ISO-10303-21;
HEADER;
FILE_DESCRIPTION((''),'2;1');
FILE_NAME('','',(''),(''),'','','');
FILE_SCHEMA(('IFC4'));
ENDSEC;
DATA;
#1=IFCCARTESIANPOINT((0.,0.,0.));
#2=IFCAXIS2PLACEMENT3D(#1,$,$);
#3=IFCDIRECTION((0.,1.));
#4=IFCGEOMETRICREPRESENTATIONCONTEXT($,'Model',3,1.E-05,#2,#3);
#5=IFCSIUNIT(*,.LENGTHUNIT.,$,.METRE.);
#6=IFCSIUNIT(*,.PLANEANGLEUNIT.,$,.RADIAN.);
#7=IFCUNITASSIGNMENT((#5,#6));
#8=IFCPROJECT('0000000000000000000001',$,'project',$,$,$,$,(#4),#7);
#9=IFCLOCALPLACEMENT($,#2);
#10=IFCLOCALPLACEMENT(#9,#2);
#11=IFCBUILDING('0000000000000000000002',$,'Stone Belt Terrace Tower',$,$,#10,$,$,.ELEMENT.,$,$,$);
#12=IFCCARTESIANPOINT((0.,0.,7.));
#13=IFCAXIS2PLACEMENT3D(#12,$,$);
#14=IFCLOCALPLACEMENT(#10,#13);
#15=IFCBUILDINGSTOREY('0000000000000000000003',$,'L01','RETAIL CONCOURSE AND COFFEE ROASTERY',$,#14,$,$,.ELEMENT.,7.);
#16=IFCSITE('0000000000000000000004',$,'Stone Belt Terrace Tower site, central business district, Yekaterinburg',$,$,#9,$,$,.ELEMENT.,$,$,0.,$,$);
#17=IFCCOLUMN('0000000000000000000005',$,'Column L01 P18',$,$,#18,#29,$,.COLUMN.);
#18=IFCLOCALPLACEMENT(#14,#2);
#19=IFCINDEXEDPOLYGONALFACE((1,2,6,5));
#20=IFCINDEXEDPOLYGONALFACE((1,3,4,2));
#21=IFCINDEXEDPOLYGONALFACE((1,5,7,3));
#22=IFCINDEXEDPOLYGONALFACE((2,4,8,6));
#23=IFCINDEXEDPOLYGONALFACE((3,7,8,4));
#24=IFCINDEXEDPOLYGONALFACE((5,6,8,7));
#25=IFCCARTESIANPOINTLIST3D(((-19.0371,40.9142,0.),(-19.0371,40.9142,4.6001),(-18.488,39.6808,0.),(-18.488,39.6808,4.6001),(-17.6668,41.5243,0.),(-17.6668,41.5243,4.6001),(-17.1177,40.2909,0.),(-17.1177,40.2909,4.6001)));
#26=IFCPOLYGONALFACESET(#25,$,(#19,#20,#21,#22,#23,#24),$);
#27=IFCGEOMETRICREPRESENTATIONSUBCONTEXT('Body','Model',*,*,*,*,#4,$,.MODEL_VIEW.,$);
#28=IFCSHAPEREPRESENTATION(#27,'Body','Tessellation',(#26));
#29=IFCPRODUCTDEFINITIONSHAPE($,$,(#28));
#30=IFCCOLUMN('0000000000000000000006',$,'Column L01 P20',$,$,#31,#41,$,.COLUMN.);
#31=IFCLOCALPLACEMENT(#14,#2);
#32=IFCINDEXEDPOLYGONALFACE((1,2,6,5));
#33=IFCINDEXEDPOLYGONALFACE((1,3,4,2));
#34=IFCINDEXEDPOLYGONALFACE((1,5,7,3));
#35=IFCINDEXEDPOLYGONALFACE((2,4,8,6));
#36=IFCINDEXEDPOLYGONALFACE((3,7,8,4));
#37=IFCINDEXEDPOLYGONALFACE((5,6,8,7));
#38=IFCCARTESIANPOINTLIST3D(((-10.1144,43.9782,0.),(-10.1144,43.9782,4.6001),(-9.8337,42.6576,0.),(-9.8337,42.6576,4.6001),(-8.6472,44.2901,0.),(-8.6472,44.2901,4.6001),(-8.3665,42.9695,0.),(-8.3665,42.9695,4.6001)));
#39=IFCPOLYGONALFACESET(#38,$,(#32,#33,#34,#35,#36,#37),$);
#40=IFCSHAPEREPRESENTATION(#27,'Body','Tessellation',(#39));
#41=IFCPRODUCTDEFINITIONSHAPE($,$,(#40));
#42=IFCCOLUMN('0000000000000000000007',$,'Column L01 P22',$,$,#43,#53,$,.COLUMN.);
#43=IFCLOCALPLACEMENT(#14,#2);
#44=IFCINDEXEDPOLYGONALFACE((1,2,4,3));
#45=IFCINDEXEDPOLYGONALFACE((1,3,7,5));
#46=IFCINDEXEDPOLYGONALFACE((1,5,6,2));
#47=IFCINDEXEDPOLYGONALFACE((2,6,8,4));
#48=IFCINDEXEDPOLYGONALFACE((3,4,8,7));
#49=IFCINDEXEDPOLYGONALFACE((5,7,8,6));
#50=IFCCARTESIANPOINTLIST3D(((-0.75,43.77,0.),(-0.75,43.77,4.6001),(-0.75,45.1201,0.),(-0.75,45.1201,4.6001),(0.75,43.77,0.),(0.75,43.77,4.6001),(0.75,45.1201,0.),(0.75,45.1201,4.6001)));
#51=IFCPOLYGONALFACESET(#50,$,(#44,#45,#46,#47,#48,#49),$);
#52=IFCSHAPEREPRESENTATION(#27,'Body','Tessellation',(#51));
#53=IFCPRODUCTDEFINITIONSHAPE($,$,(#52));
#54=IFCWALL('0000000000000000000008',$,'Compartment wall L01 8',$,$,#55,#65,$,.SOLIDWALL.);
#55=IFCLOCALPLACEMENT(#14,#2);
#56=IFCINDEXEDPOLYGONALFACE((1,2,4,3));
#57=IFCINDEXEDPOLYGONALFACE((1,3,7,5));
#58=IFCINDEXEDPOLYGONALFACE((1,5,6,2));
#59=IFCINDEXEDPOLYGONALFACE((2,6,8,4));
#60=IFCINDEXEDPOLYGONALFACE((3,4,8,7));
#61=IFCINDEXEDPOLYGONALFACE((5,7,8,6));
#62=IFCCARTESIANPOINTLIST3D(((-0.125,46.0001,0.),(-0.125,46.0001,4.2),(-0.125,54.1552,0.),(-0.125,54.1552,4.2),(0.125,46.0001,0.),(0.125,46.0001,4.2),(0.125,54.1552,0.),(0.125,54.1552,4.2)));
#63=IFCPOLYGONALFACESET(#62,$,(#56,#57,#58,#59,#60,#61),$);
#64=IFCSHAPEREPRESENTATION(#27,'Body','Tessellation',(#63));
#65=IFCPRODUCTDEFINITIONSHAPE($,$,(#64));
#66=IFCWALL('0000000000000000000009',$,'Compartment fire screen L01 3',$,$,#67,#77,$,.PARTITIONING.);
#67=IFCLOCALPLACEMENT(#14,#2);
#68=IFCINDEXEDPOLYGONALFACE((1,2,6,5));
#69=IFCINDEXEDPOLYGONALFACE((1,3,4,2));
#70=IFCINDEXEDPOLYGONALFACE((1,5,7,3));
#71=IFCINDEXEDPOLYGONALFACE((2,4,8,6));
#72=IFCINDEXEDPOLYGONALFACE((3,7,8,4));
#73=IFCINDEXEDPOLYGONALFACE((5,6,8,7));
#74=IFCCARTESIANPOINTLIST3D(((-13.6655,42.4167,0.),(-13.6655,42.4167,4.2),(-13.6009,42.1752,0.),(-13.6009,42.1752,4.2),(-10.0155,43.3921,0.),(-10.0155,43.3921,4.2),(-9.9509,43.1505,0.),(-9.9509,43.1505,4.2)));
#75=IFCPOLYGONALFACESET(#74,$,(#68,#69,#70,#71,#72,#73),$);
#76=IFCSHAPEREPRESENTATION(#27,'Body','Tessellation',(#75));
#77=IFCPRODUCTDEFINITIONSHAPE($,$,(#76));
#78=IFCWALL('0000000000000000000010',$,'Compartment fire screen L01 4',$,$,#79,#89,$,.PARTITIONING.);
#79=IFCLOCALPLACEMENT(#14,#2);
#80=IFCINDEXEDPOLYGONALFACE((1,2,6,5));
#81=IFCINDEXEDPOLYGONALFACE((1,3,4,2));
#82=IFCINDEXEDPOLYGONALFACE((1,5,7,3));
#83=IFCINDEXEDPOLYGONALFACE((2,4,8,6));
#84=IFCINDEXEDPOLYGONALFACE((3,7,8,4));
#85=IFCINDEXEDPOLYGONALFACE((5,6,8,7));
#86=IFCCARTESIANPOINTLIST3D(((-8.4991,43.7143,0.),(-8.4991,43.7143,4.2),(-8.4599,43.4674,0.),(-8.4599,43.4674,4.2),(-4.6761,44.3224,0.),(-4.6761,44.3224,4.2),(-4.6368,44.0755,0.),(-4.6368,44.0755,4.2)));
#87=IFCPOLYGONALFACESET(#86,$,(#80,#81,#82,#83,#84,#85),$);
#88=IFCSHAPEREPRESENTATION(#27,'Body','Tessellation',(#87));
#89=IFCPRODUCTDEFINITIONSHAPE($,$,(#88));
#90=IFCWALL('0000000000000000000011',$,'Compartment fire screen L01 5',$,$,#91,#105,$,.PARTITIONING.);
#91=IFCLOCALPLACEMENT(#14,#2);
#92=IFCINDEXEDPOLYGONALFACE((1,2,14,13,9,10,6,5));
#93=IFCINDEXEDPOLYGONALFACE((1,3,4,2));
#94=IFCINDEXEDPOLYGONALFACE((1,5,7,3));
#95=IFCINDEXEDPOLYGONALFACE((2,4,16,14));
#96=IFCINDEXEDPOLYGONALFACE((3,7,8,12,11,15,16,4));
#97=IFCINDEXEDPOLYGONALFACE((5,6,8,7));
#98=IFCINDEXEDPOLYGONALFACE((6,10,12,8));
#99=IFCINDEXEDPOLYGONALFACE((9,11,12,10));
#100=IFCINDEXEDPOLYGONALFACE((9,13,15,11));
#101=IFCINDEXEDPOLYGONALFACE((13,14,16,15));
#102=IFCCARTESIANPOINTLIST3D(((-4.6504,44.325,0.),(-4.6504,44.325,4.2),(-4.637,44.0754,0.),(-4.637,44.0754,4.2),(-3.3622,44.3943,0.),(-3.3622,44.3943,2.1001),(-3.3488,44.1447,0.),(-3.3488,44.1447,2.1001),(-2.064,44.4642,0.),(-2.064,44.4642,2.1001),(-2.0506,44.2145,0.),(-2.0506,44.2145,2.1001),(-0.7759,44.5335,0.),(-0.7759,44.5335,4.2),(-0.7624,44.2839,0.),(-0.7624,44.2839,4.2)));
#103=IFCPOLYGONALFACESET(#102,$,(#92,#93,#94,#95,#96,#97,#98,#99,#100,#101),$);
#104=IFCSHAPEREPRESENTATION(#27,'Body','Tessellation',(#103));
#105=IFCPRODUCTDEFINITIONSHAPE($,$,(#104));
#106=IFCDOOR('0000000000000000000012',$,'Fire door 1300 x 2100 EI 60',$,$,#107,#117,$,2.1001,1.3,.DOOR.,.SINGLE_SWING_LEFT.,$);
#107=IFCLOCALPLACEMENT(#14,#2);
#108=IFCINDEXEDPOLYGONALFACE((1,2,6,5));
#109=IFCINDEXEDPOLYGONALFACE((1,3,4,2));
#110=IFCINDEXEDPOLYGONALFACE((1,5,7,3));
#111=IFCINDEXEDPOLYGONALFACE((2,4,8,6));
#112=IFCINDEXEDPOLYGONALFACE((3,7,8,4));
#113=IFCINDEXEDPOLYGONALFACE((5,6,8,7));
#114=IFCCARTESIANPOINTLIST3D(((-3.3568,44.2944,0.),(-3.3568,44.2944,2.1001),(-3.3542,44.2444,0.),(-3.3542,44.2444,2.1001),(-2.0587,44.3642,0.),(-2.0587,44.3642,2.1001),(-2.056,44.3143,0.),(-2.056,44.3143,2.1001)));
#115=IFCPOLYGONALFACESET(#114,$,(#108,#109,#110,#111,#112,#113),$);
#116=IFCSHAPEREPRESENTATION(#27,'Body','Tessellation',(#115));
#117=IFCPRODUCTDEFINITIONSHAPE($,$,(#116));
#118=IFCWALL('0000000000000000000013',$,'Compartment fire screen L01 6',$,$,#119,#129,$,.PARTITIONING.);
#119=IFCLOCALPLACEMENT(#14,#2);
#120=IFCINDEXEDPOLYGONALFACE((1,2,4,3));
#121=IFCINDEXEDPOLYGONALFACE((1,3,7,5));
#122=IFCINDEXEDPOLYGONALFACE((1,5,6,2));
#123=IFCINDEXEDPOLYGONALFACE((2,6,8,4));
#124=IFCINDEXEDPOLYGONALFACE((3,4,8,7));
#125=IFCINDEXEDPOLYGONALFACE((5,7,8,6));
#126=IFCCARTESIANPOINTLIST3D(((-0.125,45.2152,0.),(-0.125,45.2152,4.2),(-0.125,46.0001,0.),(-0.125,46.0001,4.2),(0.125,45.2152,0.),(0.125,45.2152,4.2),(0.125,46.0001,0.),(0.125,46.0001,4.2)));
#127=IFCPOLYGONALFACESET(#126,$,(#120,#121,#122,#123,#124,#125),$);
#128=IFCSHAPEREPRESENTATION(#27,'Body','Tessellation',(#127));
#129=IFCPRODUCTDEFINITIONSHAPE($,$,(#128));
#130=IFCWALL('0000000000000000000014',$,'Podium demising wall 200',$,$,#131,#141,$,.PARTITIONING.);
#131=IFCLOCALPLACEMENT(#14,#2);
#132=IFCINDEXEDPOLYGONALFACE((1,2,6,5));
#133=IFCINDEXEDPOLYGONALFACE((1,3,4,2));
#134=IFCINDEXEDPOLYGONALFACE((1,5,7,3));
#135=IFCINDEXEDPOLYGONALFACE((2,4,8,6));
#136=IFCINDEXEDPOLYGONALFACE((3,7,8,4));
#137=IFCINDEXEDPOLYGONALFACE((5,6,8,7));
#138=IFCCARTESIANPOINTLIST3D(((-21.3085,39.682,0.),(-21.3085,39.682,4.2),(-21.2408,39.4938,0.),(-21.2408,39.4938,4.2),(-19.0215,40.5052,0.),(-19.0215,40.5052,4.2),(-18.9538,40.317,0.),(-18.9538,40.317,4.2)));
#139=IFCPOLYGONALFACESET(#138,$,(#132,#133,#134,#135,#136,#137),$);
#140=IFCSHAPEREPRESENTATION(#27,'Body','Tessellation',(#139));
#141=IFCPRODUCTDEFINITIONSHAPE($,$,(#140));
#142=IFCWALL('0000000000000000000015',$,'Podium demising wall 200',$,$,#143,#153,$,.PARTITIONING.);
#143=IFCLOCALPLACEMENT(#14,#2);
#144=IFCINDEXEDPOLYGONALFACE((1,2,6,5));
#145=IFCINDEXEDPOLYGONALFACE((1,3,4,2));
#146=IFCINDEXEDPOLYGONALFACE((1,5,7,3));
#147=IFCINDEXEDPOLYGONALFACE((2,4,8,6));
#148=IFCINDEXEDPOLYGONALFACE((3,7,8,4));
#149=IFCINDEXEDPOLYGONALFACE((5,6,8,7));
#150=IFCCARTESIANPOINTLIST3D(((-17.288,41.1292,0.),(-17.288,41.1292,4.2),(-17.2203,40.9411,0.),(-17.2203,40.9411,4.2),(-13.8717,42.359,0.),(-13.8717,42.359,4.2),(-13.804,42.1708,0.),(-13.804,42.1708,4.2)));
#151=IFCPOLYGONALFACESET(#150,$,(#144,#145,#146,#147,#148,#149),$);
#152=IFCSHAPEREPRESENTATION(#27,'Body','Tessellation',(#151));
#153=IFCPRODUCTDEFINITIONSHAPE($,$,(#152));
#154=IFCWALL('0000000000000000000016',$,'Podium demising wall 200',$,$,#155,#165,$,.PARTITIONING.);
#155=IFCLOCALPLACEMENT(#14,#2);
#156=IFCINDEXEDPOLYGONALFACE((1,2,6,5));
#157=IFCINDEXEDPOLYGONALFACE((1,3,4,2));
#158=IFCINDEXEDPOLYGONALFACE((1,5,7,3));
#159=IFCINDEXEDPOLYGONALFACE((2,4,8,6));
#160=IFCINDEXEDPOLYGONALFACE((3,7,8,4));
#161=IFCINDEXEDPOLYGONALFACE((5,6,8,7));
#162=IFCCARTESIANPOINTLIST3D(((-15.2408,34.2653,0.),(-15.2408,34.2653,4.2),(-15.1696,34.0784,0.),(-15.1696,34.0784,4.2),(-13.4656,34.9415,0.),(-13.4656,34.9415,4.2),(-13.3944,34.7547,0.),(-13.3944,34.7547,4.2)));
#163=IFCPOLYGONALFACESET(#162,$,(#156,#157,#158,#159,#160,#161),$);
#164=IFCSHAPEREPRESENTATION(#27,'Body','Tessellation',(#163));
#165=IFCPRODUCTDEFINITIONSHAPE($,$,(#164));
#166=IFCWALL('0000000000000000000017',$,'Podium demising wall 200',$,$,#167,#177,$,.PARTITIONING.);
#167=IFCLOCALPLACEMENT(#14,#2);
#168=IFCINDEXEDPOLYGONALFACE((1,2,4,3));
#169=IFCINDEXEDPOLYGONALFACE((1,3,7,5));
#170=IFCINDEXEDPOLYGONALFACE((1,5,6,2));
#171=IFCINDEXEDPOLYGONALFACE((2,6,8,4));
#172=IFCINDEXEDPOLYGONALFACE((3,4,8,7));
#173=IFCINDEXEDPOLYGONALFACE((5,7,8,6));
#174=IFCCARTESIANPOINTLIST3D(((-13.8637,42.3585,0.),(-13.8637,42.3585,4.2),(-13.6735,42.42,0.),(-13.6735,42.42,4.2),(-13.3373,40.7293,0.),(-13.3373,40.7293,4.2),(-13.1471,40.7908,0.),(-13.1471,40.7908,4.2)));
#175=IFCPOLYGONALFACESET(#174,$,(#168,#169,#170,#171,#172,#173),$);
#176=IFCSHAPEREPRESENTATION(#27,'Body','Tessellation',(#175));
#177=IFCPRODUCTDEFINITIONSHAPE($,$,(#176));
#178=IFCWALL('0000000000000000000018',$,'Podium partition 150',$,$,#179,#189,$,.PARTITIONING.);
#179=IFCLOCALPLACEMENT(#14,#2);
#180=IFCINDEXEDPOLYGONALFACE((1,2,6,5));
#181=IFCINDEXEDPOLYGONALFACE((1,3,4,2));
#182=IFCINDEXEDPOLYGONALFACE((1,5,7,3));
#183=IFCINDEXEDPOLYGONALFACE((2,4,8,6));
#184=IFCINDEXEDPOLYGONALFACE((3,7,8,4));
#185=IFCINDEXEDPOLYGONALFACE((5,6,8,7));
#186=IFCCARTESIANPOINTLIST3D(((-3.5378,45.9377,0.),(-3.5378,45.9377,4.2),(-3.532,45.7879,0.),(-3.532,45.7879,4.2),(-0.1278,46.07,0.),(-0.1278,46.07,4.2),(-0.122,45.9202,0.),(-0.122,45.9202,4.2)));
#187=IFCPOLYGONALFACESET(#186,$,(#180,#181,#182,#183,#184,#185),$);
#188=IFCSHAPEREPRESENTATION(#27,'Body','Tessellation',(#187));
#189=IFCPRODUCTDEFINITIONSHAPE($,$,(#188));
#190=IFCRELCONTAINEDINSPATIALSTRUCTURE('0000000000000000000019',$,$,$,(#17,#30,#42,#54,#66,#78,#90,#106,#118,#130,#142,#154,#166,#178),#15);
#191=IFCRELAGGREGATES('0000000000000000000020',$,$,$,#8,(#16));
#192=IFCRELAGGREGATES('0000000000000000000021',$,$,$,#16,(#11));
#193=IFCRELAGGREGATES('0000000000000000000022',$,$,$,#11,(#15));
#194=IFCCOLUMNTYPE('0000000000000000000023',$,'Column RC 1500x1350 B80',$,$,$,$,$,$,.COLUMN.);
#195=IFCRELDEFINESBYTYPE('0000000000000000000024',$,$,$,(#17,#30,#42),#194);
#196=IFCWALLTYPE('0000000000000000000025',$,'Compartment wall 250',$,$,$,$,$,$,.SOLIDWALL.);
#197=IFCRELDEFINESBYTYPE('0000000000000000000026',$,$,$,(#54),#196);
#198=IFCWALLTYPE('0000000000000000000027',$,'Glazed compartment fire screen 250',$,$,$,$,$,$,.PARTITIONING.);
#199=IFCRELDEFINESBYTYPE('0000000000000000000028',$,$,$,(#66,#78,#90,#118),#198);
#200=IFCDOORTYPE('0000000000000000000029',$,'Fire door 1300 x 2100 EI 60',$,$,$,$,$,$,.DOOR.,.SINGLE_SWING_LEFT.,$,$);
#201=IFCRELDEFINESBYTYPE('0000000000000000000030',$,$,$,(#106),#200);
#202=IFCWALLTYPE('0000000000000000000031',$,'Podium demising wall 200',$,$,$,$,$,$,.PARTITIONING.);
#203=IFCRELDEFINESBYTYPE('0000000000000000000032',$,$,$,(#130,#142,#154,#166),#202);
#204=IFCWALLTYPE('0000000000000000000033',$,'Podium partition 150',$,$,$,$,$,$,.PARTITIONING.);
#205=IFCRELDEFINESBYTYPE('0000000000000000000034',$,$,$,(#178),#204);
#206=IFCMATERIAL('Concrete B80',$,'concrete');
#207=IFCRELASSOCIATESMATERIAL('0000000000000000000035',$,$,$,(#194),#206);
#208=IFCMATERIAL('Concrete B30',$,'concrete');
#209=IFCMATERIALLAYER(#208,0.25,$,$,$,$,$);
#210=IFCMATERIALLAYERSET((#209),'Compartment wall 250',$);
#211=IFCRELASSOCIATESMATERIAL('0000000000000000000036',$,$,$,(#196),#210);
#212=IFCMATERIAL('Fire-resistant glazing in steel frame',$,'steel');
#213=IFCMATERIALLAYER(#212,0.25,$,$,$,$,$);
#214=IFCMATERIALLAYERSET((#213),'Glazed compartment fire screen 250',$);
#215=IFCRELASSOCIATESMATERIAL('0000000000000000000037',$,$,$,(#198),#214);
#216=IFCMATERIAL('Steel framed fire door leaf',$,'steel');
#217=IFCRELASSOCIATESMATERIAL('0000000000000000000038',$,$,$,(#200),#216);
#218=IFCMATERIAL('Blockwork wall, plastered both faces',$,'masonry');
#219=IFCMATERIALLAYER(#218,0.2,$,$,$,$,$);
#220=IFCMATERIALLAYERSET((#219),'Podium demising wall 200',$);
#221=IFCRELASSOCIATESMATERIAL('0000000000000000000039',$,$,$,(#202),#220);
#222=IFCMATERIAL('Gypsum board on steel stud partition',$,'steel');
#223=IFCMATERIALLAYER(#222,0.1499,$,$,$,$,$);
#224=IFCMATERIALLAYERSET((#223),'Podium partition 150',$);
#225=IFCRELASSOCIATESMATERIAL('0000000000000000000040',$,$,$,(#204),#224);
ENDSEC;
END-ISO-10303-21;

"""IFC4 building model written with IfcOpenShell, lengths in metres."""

from ifc_helpers import new_model, si_unit, direction, frame, frame_2d, origin, origin_2d, place, context, subcontext, project, spatial, rectangle, extrude, material, layer, layer_set, material_profile, profile_set, type_object, element, fill, save


model = new_model("IFC4")

# Units and contexts
model_context = context("Model", 3, precision=1e-05, world=origin(), true_north=direction((0.0, 1.0)))
body_context = subcontext(model_context, "Body", "Model", "MODEL_VIEW")
ifc_project = project(units=[si_unit("LENGTHUNIT", "METRE"), si_unit("PLANEANGLEUNIT", "RADIAN")], contexts=[model_context])

# Site, building, storey
site_placement = place(None, origin())
site = spatial("IfcSite", under=ifc_project, at=site_placement, Name="Stone Belt Terrace Tower site, central business district, Yekaterinburg", CompositionType="ELEMENT", RefElevation=0.0)
building_placement = place(site_placement, origin())
building = spatial("IfcBuilding", under=site, at=building_placement, Name="Stone Belt Terrace Tower", CompositionType="ELEMENT")
storey_placement = place(building_placement, frame((0.0, 0.0, 7.0)))
storey = spatial("IfcBuildingStorey", under=building, at=storey_placement, Name="L01", Description="RETAIL CONCOURSE AND COFFEE ROASTERY", CompositionType="ELEMENT", Elevation=7.0)

# Columns
ifc_material_1 = material(Name="Concrete B80", Category="concrete")
ifc_material_profile = material_profile(ifc_material_1, rectangle(XDim=1.5, YDim=1.3501, at=origin_2d()), Name="RC 1500x1350")
ifc_profile_set = profile_set([ifc_material_profile], Name="Concrete B80")
column_type = type_object("IfcColumnType", Name="Column RC 1500x1350 B80", PredefinedType="COLUMN", material=ifc_profile_set)
for number, where, z_axis, x_axis, name in (
    (1, (-18.0774, 40.6025, 0.0), (0.0, 0.0, 1.0), (0.913545, 0.406737, 0.0), "Column L01 P18"),
    (2, (-9.2405, 43.4739, 0.0), (0.0, 0.0, 1.0), (0.978148, 0.207912, 0.0), "Column L01 P20"),
    (3, (0.0, 44.4451, 0.0), (0.0, 0.0, 1.0), (1.0, 0.0, 0.0), "Column L01 P22"),
):
    element("IfcColumn", number, at=place(storey_placement, frame(where, z_axis=z_axis, x_axis=x_axis)), inside=storey, type_object=column_type, Name=name, PredefinedType="COLUMN", context=body_context, shape_type="SweptSolid", body=[
        extrude(rectangle(XDim=1.5, YDim=1.3501, at=origin_2d()), origin(), (0.0, 0.0, 1.0), 4.6001),
    ])

# Walls
ifc_material_2 = material(Name="Concrete B30", Category="concrete")
ifc_layer_1 = layer(ifc_material_2, 0.25)
ifc_layer_set_1 = layer_set([ifc_layer_1], Name="Compartment wall 250")
wall_type_1 = type_object("IfcWallType", Name="Compartment wall 250", PredefinedType="SOLIDWALL", material=ifc_layer_set_1)
wall_1_placement = place(storey_placement, frame((0.0, 46.0, 0.0), z_axis=(0.0, 0.0, 1.0), x_axis=(0.0, 1.0, 0.0)))
element("IfcWall", 4, at=wall_1_placement, inside=storey, type_object=wall_type_1, Name="Compartment wall L01 8", PredefinedType="SOLIDWALL", context=body_context, shape_type="SweptSolid", body=[
    extrude(rectangle(XDim=8.155, YDim=0.25, at=frame_2d((4.0776, 0.0))), origin(), (0.0, 0.0, 1.0), 4.2),
])
ifc_material_3 = material(Name="Fire-resistant glazing in steel frame", Category="steel")
ifc_layer_2 = layer(ifc_material_3, 0.25)
ifc_layer_set_2 = layer_set([ifc_layer_2], Name="Glazed compartment fire screen 250")
wall_type_2 = type_object("IfcWallType", Name="Glazed compartment fire screen 250", PredefinedType="PARTITIONING", material=ifc_layer_set_2)
wall_2_placement = place(storey_placement, frame((-13.6333, 42.2959, 0.0), z_axis=(0.0, 0.0, 1.0), x_axis=(0.966101, 0.258165, 0.0)))
element("IfcWall", 5, at=wall_2_placement, inside=storey, type_object=wall_type_2, Name="Compartment fire screen L01 3", PredefinedType="PARTITIONING", context=body_context, shape_type="SweptSolid", body=[
    extrude(rectangle(XDim=3.7781, YDim=0.25, at=frame_2d((1.8892, 0.0))), origin(), (0.0, 0.0, 1.0), 4.2),
])
wall_3_placement = place(storey_placement, frame((-8.4795, 43.5908, 0.0), z_axis=(0.0, 0.0, 1.0), x_axis=(0.987582, 0.157102, 0.0)))
element("IfcWall", 6, at=wall_3_placement, inside=storey, type_object=wall_type_2, Name="Compartment fire screen L01 4", PredefinedType="PARTITIONING", context=body_context, shape_type="SweptSolid", body=[
    extrude(rectangle(XDim=3.8711, YDim=0.25, at=frame_2d((1.9355, 0.0))), origin(), (0.0, 0.0, 1.0), 4.2),
])

# Wall, opening, door
wall_4_placement = place(storey_placement, frame((-4.6436, 44.2002, 0.0), z_axis=(0.0, 0.0, 1.0), x_axis=(0.998555, 0.053734, 0.0)))
wall_4 = element("IfcWall", 7, at=wall_4_placement, inside=storey, type_object=wall_type_2, Name="Compartment fire screen L01 5", PredefinedType="PARTITIONING", context=body_context, shape_type="SweptSolid", body=[
    extrude(rectangle(XDim=3.8801, YDim=0.25, at=frame_2d((1.9399, 0.0))), origin(), (0.0, 0.0, 1.0), 4.2),
])
opening_1_placement = place(wall_4_placement, frame((1.29, 0.0, 0.0)))
opening_1 = element("IfcOpeningElement", 8, at=opening_1_placement, cuts=wall_4, PredefinedType="OPENING", context=body_context, shape_type="SweptSolid", body=[
    extrude(rectangle(XDim=1.3, YDim=2.1001, at=frame_2d((0.6499, 1.05))), frame((0.0, 0.135, 0.0), z_axis=(0.0, -1.0, 0.0), x_axis=(1.0, 0.0, 0.0)), (0.0, 0.0, 1.0), 0.27),
])
ifc_material_4 = material(Name="Steel framed fire door leaf", Category="steel")
door_type_1 = type_object("IfcDoorType", Name="Fire door 1300 x 2100 EI 60", OperationType="SINGLE_SWING_LEFT", PredefinedType="DOOR", material=ifc_material_4)
door_1_placement = place(opening_1_placement, origin())
door_1 = element("IfcDoor", 9, at=door_1_placement, inside=storey, type_object=door_type_1, Name="Fire door 1300 x 2100 EI 60", OperationType="SINGLE_SWING_LEFT", OverallHeight=2.1001, OverallWidth=1.3, PredefinedType="DOOR", context=body_context, shape_type="SweptSolid", body=[
    extrude(rectangle(XDim=1.3, YDim=2.1001, at=frame_2d((0.6499, 1.05))), frame((0.0, 0.0249, 0.0), z_axis=(0.0, -1.0, 0.0), x_axis=(1.0, 0.0, 0.0)), (0.0, 0.0, 1.0), 0.05),
])
fill(opening_1, door_1)

# Walls
wall_5_placement = place(storey_placement, frame((0.0, 45.2151, 0.0), z_axis=(0.0, 0.0, 1.0), x_axis=(0.0, 1.0, 0.0)))
element("IfcWall", 10, at=wall_5_placement, inside=storey, type_object=wall_type_2, Name="Compartment fire screen L01 6", PredefinedType="PARTITIONING", context=body_context, shape_type="SweptSolid", body=[
    extrude(rectangle(XDim=0.7849, YDim=0.25, at=frame_2d((0.3926, 0.0))), origin(), (0.0, 0.0, 1.0), 4.2),
])
ifc_material_5 = material(Name="Blockwork wall, plastered both faces", Category="masonry")
ifc_layer_3 = layer(ifc_material_5, 0.2)
ifc_layer_set_3 = layer_set([ifc_layer_3], Name="Podium demising wall 200")
wall_type_3 = type_object("IfcWallType", Name="Podium demising wall 200", PredefinedType="PARTITIONING", material=ifc_layer_set_3)
wall_6_placement = place(storey_placement, frame((-21.2747, 39.5879, 0.0), z_axis=(0.0, 0.0, 1.0), x_axis=(0.940903, 0.338677, 0.0)))
element("IfcWall", 11, at=wall_6_placement, inside=storey, type_object=wall_type_3, Name="Podium demising wall 200", PredefinedType="PARTITIONING", context=body_context, shape_type="SweptSolid", body=[
    extrude(rectangle(XDim=2.4307, YDim=0.2, at=frame_2d((1.2153, 0.0))), origin(), (0.0, 0.0, 1.0), 4.2),
])
wall_7_placement = place(storey_placement, frame((-17.2542, 41.0352, 0.0), z_axis=(0.0, 0.0, 1.0), x_axis=(0.940898, 0.338691, 0.0)))
element("IfcWall", 12, at=wall_7_placement, inside=storey, type_object=wall_type_3, Name="Podium demising wall 200", PredefinedType="PARTITIONING", context=body_context, shape_type="SweptSolid", body=[
    extrude(rectangle(XDim=3.6309, YDim=0.2, at=frame_2d((1.8154, 0.0))), origin(), (0.0, 0.0, 1.0), 4.2),
])
wall_8_placement = place(storey_placement, frame((-15.2051, 34.1719, 0.0), z_axis=(0.0, 0.0, 1.0), x_axis=(0.934484, 0.356006, 0.0)))
element("IfcWall", 13, at=wall_8_placement, inside=storey, type_object=wall_type_3, Name="Podium demising wall 200", PredefinedType="PARTITIONING", context=body_context, shape_type="SweptSolid", body=[
    extrude(rectangle(XDim=1.8997, YDim=0.2, at=frame_2d((0.9497, 0.0))), origin(), (0.0, 0.0, 1.0), 4.2),
])
wall_9_placement = place(storey_placement, frame((-13.7686, 42.3892, 0.0), z_axis=(0.0, 0.0, 1.0), x_axis=(0.307444, -0.951566, 0.0)))
element("IfcWall", 14, at=wall_9_placement, inside=storey, type_object=wall_type_3, Name="Podium demising wall 200", PredefinedType="PARTITIONING", context=body_context, shape_type="SweptSolid", body=[
    extrude(rectangle(XDim=1.7122, YDim=0.2, at=frame_2d((0.856, 0.0))), origin(), (0.0, 0.0, 1.0), 4.2),
])
ifc_material_6 = material(Name="Gypsum board on steel stud partition", Category="steel")
ifc_layer_4 = layer(ifc_material_6, 0.1499)
ifc_layer_set_4 = layer_set([ifc_layer_4], Name="Podium partition 150")
wall_type_4 = type_object("IfcWallType", Name="Podium partition 150", PredefinedType="PARTITIONING", material=ifc_layer_set_4)
wall_10_placement = place(storey_placement, frame((-3.5349, 45.8628, 0.0), z_axis=(0.0, 0.0, 1.0), x_axis=(0.999248, 0.038777, 0.0)))
element("IfcWall", 15, at=wall_10_placement, inside=storey, type_object=wall_type_4, Name="Podium partition 150", PredefinedType="PARTITIONING", context=body_context, shape_type="SweptSolid", body=[
    extrude(rectangle(XDim=3.4126, YDim=0.1499, at=frame_2d((1.7063, 0.0))), origin(), (0.0, 0.0, 1.0), 4.2),
])

save(model, "model.ifc")
